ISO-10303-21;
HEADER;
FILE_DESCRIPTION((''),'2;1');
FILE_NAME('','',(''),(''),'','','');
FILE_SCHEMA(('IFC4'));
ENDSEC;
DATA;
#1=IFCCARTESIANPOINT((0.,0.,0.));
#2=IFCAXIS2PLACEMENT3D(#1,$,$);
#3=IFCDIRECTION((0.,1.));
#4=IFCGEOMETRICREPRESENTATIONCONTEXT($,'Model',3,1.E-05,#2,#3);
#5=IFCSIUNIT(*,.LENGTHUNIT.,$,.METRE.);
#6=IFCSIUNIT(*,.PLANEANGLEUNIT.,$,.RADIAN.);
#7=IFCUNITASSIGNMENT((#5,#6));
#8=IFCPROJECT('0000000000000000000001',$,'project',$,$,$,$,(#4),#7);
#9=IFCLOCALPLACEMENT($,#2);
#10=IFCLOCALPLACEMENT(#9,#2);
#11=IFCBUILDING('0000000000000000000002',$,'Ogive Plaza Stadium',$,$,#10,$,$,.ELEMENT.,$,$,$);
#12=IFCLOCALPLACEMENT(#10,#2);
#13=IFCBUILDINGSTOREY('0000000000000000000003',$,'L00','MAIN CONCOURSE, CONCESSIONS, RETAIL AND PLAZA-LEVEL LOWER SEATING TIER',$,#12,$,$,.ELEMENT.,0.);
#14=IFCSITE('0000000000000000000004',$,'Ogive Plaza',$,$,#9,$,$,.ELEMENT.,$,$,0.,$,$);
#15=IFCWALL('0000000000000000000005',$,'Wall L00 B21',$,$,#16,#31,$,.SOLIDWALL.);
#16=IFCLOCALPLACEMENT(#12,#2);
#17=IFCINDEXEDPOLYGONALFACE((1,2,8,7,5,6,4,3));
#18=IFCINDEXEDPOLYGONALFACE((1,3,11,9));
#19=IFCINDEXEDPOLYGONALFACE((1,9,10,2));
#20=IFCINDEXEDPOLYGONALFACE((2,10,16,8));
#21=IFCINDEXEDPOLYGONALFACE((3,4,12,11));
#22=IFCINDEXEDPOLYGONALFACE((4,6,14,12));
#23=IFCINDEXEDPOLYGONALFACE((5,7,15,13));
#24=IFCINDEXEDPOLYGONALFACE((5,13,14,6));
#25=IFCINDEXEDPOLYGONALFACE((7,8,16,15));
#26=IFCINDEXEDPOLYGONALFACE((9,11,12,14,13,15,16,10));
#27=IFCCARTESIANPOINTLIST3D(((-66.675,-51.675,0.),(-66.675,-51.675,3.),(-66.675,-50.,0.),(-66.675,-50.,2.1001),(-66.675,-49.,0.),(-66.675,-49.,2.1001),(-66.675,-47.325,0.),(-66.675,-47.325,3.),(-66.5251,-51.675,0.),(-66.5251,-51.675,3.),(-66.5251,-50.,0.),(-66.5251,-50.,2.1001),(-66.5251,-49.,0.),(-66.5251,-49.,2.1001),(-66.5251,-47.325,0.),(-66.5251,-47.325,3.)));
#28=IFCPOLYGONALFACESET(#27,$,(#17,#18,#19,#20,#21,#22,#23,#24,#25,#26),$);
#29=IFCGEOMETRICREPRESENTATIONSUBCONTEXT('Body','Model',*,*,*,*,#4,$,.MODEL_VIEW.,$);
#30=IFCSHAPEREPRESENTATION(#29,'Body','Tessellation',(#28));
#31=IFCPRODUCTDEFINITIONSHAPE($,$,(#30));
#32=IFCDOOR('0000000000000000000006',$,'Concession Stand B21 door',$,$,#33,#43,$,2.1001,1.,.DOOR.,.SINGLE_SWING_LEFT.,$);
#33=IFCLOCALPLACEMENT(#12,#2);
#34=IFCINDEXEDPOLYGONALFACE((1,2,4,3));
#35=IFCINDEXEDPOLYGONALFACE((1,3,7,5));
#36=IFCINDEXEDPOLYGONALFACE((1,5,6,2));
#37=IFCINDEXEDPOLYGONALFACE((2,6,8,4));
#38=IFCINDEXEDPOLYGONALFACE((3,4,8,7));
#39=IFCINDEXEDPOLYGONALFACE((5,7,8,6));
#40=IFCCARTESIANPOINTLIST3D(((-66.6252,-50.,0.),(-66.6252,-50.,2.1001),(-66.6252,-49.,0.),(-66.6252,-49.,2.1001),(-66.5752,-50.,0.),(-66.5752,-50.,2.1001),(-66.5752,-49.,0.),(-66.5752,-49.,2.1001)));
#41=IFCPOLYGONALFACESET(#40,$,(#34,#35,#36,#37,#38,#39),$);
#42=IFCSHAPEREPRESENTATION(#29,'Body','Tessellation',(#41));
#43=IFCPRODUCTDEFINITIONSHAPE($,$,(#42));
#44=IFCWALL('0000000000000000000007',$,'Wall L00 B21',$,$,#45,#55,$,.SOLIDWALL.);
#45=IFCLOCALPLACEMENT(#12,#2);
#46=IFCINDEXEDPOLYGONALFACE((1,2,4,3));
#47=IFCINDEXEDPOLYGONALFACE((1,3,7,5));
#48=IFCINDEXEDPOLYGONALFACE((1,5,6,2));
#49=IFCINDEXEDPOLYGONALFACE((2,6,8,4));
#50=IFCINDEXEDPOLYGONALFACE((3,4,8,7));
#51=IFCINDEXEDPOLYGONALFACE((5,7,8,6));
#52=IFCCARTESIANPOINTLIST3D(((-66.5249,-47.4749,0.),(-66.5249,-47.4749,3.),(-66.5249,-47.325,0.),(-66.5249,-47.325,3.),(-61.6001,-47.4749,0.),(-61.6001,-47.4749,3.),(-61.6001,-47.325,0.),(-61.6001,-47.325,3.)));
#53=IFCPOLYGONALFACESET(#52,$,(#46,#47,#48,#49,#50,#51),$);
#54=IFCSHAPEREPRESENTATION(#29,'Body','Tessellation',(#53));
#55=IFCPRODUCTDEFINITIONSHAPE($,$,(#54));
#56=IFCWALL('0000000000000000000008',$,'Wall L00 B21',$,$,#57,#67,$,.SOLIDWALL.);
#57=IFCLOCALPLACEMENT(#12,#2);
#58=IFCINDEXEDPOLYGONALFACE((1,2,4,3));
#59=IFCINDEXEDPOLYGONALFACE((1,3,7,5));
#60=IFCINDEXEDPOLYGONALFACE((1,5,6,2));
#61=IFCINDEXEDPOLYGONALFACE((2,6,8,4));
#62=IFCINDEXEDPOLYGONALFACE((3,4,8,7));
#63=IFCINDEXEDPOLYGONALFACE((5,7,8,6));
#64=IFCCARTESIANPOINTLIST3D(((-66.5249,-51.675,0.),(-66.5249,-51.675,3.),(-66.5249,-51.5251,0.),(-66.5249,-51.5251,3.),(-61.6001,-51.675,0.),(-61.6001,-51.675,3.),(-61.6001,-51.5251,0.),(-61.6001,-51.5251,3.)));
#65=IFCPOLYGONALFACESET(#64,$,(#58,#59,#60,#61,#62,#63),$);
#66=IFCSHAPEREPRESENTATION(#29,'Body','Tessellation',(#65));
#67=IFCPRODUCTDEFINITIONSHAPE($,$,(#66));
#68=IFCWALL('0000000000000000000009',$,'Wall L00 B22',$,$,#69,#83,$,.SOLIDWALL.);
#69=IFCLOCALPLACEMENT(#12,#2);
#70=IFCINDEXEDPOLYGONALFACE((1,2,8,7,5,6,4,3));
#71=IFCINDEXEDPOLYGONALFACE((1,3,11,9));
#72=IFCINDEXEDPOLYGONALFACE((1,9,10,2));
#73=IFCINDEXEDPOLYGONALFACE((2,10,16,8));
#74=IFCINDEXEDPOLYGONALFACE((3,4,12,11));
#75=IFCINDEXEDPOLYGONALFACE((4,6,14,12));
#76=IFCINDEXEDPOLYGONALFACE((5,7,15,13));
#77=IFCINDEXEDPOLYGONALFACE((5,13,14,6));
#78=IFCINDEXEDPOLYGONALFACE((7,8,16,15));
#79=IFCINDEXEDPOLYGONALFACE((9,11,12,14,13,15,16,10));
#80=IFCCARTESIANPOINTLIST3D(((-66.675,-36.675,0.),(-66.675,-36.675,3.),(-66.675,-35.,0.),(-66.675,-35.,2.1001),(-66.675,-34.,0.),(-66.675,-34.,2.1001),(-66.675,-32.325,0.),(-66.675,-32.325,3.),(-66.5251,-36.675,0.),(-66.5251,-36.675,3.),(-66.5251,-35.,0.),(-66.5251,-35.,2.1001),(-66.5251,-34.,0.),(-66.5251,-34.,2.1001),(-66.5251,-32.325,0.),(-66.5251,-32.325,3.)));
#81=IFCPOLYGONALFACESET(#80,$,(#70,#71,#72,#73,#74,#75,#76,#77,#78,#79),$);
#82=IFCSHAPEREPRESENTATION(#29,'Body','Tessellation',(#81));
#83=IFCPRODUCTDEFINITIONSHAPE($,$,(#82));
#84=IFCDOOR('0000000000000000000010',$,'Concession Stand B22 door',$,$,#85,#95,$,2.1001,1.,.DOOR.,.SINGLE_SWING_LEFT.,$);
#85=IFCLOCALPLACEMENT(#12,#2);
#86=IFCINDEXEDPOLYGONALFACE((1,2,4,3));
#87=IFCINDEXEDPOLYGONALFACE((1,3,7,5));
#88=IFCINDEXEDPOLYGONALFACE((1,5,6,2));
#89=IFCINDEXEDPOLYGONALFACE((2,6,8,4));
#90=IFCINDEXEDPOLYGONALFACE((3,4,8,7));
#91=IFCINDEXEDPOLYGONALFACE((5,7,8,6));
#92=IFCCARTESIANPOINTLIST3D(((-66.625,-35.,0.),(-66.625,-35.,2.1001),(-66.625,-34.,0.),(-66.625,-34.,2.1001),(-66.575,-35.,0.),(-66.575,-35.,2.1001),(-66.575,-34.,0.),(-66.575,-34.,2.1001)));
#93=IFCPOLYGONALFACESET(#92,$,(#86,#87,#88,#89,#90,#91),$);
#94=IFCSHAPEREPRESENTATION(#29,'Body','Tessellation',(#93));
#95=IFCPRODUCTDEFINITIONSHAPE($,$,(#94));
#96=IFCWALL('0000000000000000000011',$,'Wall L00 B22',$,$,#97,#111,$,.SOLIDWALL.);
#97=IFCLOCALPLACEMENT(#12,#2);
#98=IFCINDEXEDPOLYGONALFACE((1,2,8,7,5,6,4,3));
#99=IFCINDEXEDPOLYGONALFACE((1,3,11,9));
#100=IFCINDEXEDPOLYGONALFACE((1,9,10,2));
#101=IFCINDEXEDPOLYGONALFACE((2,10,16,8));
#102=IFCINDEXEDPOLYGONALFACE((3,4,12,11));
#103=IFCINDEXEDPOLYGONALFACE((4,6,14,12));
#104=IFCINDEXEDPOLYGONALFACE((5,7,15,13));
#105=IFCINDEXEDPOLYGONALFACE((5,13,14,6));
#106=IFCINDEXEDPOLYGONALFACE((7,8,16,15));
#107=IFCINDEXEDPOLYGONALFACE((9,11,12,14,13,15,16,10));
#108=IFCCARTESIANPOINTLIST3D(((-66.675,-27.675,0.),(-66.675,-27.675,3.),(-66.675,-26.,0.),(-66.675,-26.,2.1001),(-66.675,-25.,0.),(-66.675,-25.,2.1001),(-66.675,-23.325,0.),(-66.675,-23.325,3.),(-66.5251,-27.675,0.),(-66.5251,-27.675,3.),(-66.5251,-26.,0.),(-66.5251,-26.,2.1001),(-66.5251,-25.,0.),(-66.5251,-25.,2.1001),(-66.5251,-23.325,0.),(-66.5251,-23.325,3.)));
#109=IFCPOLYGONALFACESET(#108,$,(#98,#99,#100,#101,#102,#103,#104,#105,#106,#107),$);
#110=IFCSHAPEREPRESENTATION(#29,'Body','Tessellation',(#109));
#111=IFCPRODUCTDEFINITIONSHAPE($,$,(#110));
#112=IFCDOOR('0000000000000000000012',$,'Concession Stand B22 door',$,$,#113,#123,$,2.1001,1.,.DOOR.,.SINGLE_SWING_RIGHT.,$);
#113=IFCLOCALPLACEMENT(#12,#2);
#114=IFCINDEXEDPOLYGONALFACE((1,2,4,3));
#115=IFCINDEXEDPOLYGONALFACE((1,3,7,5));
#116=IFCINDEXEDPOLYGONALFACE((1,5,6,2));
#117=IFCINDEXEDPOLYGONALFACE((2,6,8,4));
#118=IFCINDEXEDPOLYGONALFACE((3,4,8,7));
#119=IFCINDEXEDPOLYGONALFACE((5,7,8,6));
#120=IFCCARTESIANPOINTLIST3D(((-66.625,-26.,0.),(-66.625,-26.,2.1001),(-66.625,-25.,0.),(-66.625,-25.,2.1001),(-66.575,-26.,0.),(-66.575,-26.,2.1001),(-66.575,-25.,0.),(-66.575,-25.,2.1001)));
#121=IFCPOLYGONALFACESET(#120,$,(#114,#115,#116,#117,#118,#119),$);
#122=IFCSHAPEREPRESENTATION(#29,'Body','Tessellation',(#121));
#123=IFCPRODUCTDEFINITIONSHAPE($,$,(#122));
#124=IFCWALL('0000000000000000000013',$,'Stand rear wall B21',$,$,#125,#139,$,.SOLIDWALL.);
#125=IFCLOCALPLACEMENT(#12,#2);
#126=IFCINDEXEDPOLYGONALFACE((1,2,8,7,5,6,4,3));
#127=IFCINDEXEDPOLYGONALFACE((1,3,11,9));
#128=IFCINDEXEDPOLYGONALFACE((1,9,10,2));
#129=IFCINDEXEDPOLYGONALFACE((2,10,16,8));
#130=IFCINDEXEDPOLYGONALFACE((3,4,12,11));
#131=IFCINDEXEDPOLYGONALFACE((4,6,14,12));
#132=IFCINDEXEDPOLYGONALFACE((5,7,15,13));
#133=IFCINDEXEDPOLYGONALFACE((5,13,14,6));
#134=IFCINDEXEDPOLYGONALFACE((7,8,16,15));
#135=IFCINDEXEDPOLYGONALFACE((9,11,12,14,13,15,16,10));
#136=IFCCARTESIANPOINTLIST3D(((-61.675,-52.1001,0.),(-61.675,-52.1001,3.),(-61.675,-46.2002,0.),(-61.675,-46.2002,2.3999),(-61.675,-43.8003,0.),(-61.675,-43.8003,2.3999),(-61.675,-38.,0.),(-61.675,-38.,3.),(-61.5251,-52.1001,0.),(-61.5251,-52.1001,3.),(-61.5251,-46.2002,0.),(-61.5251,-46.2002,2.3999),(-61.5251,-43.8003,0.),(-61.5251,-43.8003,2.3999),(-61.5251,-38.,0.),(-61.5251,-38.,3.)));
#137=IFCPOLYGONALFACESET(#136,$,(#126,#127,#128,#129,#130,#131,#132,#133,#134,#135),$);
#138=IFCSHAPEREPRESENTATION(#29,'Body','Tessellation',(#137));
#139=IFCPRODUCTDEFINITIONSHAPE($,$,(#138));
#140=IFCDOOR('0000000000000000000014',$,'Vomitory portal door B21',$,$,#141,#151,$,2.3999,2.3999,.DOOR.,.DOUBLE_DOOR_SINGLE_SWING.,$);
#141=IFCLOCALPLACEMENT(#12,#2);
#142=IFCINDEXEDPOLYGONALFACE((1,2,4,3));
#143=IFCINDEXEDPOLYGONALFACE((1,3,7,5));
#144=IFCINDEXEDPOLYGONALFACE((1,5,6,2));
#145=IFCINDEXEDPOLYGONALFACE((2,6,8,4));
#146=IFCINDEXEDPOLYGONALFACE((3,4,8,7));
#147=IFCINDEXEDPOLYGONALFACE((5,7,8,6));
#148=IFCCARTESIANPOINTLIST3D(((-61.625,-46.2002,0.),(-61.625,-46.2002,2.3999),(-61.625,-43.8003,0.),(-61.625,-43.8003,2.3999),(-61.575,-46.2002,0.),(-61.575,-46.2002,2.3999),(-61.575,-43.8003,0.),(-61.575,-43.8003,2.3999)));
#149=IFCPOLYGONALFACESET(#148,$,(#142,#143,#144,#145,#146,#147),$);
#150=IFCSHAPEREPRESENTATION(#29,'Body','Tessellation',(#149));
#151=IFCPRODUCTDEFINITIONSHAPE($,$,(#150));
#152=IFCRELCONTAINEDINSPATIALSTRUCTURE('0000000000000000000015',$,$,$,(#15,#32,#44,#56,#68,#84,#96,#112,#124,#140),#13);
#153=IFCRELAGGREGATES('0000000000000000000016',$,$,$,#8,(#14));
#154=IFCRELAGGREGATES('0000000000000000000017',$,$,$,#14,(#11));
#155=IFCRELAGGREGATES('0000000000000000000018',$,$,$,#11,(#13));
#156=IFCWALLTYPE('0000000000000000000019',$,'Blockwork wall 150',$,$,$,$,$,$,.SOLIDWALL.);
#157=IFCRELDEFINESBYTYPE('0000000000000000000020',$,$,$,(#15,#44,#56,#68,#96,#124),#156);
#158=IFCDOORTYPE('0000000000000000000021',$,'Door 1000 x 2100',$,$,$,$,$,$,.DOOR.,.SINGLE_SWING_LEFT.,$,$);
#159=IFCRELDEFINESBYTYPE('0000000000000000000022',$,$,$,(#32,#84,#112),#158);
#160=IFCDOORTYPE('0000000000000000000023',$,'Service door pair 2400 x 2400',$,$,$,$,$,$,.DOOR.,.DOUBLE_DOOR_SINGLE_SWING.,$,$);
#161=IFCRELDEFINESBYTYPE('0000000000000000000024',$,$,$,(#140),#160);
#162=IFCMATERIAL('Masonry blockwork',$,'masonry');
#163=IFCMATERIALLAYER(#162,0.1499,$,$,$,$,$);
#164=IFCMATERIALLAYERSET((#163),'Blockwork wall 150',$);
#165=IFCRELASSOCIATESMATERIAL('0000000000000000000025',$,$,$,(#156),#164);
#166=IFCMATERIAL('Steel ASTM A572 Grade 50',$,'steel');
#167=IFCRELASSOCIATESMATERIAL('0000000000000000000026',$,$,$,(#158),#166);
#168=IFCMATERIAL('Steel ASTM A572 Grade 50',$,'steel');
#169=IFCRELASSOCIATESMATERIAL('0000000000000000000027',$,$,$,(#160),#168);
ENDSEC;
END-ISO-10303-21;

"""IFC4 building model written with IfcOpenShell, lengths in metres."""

from ifc_helpers import new_model, si_unit, direction, frame, frame_2d, origin, place, context, subcontext, project, spatial, rectangle, extrude, material, layer, layer_set, type_object, element, fill, save


model = new_model("IFC4")

# Units and contexts
model_context = context("Model", 3, precision=1e-05, world=origin(), true_north=direction((0.0, 1.0)))
body_context = subcontext(model_context, "Body", "Model", "MODEL_VIEW")
ifc_project = project(units=[si_unit("LENGTHUNIT", "METRE"), si_unit("PLANEANGLEUNIT", "RADIAN")], contexts=[model_context])

# Site, building, storey
site_placement = place(None, origin())
site = spatial("IfcSite", under=ifc_project, at=site_placement, Name="Ogive Plaza", CompositionType="ELEMENT", RefElevation=0.0)
building_placement = place(site_placement, origin())
building = spatial("IfcBuilding", under=site, at=building_placement, Name="Ogive Plaza Stadium", CompositionType="ELEMENT")
storey_placement = place(building_placement, origin())
storey = spatial("IfcBuildingStorey", under=building, at=storey_placement, Name="L00", Description="MAIN CONCOURSE, CONCESSIONS, RETAIL AND PLAZA-LEVEL LOWER SEATING TIER", CompositionType="ELEMENT", Elevation=0.0)

# Shared definitions
ifc_material_1 = material(Name="Masonry blockwork", Category="masonry")
ifc_layer_1 = layer(ifc_material_1, 0.1499)
ifc_layer_set_1 = layer_set([ifc_layer_1], Name="Blockwork wall 150")
wall_type_1 = type_object("IfcWallType", Name="Blockwork wall 150", PredefinedType="SOLIDWALL", material=ifc_layer_set_1)
ifc_material_2 = material(Name="Steel ASTM A572 Grade 50", Category="steel")
door_type_1 = type_object("IfcDoorType", Name="Door 1000 x 2100", OperationType="SINGLE_SWING_LEFT", PredefinedType="DOOR", material=ifc_material_2)

# Wall, opening, door
wall_1_placement = place(storey_placement, frame((-66.6001, -47.325, 0.0), z_axis=(0.0, 0.0, 1.0), x_axis=(0.0, -1.0, 0.0)))
wall_1 = element("IfcWall", 1, at=wall_1_placement, inside=storey, type_object=wall_type_1, Name="Wall L00 B21", PredefinedType="SOLIDWALL", context=body_context, shape_type="SweptSolid", body=[
    extrude(rectangle(XDim=4.3501, YDim=0.1499, at=frame_2d((2.175, 0.0))), origin(), (0.0, 0.0, 1.0), 3.0),
])
opening_1_placement = place(wall_1_placement, frame((1.675, 0.0, 0.0)))
opening_1 = element("IfcOpeningElement", 2, at=opening_1_placement, cuts=wall_1, PredefinedType="OPENING", context=body_context, shape_type="SweptSolid", body=[
    extrude(rectangle(XDim=1.0, YDim=2.1001, at=frame_2d((0.5, 1.05))), frame((0.0, 0.075, 0.0), z_axis=(0.0, -1.0, 0.0), x_axis=(1.0, 0.0, 0.0)), (0.0, 0.0, 1.0), 0.1499),
])
door_1_placement = place(opening_1_placement, origin())
door_1 = element("IfcDoor", 3, at=door_1_placement, inside=storey, type_object=door_type_1, Name="Concession Stand B21 door", OperationType="SINGLE_SWING_LEFT", OverallHeight=2.1001, OverallWidth=1.0, PredefinedType="DOOR", context=body_context, shape_type="SweptSolid", body=[
    extrude(rectangle(XDim=1.0, YDim=2.1001, at=frame_2d((0.5, 1.05))), frame((0.0, 0.0249, 0.0), z_axis=(0.0, -1.0, 0.0), x_axis=(1.0, 0.0, 0.0)), (0.0, 0.0, 1.0), 0.05),
])
fill(opening_1, door_1)

# Walls
for number, where, z_axis, x_axis, name in (
    (4, (-61.6001, -47.3999, 0.0), (0.0, 0.0, 1.0), (-1.0, 0.0, 0.0), "Wall L00 B21"),
    (5, (-61.6001, -51.6001, 0.0), (0.0, 0.0, 1.0), (-1.0, 0.0, 0.0), "Wall L00 B21"),
):
    element("IfcWall", number, at=place(storey_placement, frame(where, z_axis=z_axis, x_axis=x_axis)), inside=storey, type_object=wall_type_1, Name=name, PredefinedType="SOLIDWALL", context=body_context, shape_type="SweptSolid", body=[
        extrude(rectangle(XDim=4.9248, YDim=0.1499, at=frame_2d((2.4624, 0.0))), origin(), (0.0, 0.0, 1.0), 3.0),
    ])

# Walls, openings, doors
wall_2_placement = place(storey_placement, frame((-66.6001, -36.675, 0.0), z_axis=(0.0, 0.0, 1.0), x_axis=(0.0, 1.0, 0.0)))
wall_2 = element("IfcWall", 6, at=wall_2_placement, inside=storey, type_object=wall_type_1, Name="Wall L00 B22", PredefinedType="SOLIDWALL", context=body_context, shape_type="SweptSolid", body=[
    extrude(rectangle(XDim=4.3501, YDim=0.1499, at=frame_2d((2.175, 0.0))), origin(), (0.0, 0.0, 1.0), 3.0),
])
opening_2_placement = place(wall_2_placement, frame((1.675, 0.0, 0.0)))
opening_2 = element("IfcOpeningElement", 7, at=opening_2_placement, cuts=wall_2, PredefinedType="OPENING", context=body_context, shape_type="SweptSolid", body=[
    extrude(rectangle(XDim=1.0, YDim=2.1001, at=frame_2d((0.5, 1.05))), frame((0.0, 0.075, 0.0), z_axis=(0.0, -1.0, 0.0), x_axis=(1.0, 0.0, 0.0)), (0.0, 0.0, 1.0), 0.1499),
])
door_2_placement = place(opening_2_placement, origin())
door_2 = element("IfcDoor", 8, at=door_2_placement, inside=storey, type_object=door_type_1, Name="Concession Stand B22 door", OperationType="SINGLE_SWING_LEFT", OverallHeight=2.1001, OverallWidth=1.0, PredefinedType="DOOR", context=body_context, shape_type="SweptSolid", body=[
    extrude(rectangle(XDim=1.0, YDim=2.1001, at=frame_2d((0.5, 1.05))), frame((0.0, 0.0249, 0.0), z_axis=(0.0, -1.0, 0.0), x_axis=(1.0, 0.0, 0.0)), (0.0, 0.0, 1.0), 0.05),
])
fill(opening_2, door_2)
wall_3_placement = place(storey_placement, frame((-66.6001, -27.675, 0.0), z_axis=(0.0, 0.0, 1.0), x_axis=(0.0, 1.0, 0.0)))
wall_3 = element("IfcWall", 9, at=wall_3_placement, inside=storey, type_object=wall_type_1, Name="Wall L00 B22", PredefinedType="SOLIDWALL", context=body_context, shape_type="SweptSolid", body=[
    extrude(rectangle(XDim=4.3501, YDim=0.1499, at=frame_2d((2.175, 0.0))), origin(), (0.0, 0.0, 1.0), 3.0),
])
opening_3_placement = place(wall_3_placement, frame((1.675, 0.0, 0.0)))
opening_3 = element("IfcOpeningElement", 10, at=opening_3_placement, cuts=wall_3, PredefinedType="OPENING", context=body_context, shape_type="SweptSolid", body=[
    extrude(rectangle(XDim=1.0, YDim=2.1001, at=frame_2d((0.5, 1.05))), frame((0.0, 0.075, 0.0), z_axis=(0.0, -1.0, 0.0), x_axis=(1.0, 0.0, 0.0)), (0.0, 0.0, 1.0), 0.1499),
])
door_3_placement = place(opening_3_placement, origin())
door_3 = element("IfcDoor", 11, at=door_3_placement, inside=storey, type_object=door_type_1, Name="Concession Stand B22 door", OperationType="SINGLE_SWING_RIGHT", OverallHeight=2.1001, OverallWidth=1.0, PredefinedType="DOOR", context=body_context, shape_type="SweptSolid", body=[
    extrude(rectangle(XDim=1.0, YDim=2.1001, at=frame_2d((0.5, 1.05))), frame((0.0, 0.0249, 0.0), z_axis=(0.0, -1.0, 0.0), x_axis=(1.0, 0.0, 0.0)), (0.0, 0.0, 1.0), 0.05),
])
fill(opening_3, door_3)
wall_4_placement = place(storey_placement, frame((-61.6001, -52.1001, 0.0), z_axis=(0.0, 0.0, 1.0), x_axis=(0.0, 1.0, 0.0)))
wall_4 = element("IfcWall", 12, at=wall_4_placement, inside=storey, type_object=wall_type_1, Name="Stand rear wall B21", PredefinedType="SOLIDWALL", context=body_context, shape_type="SweptSolid", body=[
    extrude(rectangle(XDim=14.1001, YDim=0.1499, at=frame_2d((7.05, 0.0))), origin(), (0.0, 0.0, 1.0), 3.0),
])
opening_4_placement = place(wall_4_placement, frame((5.8999, 0.0, 0.0)))
opening_4 = element("IfcOpeningElement", 13, at=opening_4_placement, cuts=wall_4, PredefinedType="OPENING", context=body_context, shape_type="SweptSolid", body=[
    extrude(rectangle(XDim=2.3999, YDim=2.3999, at=frame_2d((1.2, 1.2))), frame((0.0, 0.075, 0.0), z_axis=(0.0, -1.0, 0.0), x_axis=(1.0, 0.0, 0.0)), (0.0, 0.0, 1.0), 0.1499),
])
ifc_material_3 = material(Name="Steel ASTM A572 Grade 50", Category="steel")
door_type_2 = type_object("IfcDoorType", Name="Service door pair 2400 x 2400", OperationType="DOUBLE_DOOR_SINGLE_SWING", PredefinedType="DOOR", material=ifc_material_3)
door_4_placement = place(opening_4_placement, origin())
door_4 = element("IfcDoor", 14, at=door_4_placement, inside=storey, type_object=door_type_2, Name="Vomitory portal door B21", OperationType="DOUBLE_DOOR_SINGLE_SWING", OverallHeight=2.3999, OverallWidth=2.3999, PredefinedType="DOOR", context=body_context, shape_type="SweptSolid", body=[
    extrude(rectangle(XDim=2.3999, YDim=2.3999, at=frame_2d((1.2, 1.2))), frame((0.0, 0.0249, 0.0), z_axis=(0.0, -1.0, 0.0), x_axis=(1.0, 0.0, 0.0)), (0.0, 0.0, 1.0), 0.05),
])
fill(opening_4, door_4)

save(model, "model.ifc")
